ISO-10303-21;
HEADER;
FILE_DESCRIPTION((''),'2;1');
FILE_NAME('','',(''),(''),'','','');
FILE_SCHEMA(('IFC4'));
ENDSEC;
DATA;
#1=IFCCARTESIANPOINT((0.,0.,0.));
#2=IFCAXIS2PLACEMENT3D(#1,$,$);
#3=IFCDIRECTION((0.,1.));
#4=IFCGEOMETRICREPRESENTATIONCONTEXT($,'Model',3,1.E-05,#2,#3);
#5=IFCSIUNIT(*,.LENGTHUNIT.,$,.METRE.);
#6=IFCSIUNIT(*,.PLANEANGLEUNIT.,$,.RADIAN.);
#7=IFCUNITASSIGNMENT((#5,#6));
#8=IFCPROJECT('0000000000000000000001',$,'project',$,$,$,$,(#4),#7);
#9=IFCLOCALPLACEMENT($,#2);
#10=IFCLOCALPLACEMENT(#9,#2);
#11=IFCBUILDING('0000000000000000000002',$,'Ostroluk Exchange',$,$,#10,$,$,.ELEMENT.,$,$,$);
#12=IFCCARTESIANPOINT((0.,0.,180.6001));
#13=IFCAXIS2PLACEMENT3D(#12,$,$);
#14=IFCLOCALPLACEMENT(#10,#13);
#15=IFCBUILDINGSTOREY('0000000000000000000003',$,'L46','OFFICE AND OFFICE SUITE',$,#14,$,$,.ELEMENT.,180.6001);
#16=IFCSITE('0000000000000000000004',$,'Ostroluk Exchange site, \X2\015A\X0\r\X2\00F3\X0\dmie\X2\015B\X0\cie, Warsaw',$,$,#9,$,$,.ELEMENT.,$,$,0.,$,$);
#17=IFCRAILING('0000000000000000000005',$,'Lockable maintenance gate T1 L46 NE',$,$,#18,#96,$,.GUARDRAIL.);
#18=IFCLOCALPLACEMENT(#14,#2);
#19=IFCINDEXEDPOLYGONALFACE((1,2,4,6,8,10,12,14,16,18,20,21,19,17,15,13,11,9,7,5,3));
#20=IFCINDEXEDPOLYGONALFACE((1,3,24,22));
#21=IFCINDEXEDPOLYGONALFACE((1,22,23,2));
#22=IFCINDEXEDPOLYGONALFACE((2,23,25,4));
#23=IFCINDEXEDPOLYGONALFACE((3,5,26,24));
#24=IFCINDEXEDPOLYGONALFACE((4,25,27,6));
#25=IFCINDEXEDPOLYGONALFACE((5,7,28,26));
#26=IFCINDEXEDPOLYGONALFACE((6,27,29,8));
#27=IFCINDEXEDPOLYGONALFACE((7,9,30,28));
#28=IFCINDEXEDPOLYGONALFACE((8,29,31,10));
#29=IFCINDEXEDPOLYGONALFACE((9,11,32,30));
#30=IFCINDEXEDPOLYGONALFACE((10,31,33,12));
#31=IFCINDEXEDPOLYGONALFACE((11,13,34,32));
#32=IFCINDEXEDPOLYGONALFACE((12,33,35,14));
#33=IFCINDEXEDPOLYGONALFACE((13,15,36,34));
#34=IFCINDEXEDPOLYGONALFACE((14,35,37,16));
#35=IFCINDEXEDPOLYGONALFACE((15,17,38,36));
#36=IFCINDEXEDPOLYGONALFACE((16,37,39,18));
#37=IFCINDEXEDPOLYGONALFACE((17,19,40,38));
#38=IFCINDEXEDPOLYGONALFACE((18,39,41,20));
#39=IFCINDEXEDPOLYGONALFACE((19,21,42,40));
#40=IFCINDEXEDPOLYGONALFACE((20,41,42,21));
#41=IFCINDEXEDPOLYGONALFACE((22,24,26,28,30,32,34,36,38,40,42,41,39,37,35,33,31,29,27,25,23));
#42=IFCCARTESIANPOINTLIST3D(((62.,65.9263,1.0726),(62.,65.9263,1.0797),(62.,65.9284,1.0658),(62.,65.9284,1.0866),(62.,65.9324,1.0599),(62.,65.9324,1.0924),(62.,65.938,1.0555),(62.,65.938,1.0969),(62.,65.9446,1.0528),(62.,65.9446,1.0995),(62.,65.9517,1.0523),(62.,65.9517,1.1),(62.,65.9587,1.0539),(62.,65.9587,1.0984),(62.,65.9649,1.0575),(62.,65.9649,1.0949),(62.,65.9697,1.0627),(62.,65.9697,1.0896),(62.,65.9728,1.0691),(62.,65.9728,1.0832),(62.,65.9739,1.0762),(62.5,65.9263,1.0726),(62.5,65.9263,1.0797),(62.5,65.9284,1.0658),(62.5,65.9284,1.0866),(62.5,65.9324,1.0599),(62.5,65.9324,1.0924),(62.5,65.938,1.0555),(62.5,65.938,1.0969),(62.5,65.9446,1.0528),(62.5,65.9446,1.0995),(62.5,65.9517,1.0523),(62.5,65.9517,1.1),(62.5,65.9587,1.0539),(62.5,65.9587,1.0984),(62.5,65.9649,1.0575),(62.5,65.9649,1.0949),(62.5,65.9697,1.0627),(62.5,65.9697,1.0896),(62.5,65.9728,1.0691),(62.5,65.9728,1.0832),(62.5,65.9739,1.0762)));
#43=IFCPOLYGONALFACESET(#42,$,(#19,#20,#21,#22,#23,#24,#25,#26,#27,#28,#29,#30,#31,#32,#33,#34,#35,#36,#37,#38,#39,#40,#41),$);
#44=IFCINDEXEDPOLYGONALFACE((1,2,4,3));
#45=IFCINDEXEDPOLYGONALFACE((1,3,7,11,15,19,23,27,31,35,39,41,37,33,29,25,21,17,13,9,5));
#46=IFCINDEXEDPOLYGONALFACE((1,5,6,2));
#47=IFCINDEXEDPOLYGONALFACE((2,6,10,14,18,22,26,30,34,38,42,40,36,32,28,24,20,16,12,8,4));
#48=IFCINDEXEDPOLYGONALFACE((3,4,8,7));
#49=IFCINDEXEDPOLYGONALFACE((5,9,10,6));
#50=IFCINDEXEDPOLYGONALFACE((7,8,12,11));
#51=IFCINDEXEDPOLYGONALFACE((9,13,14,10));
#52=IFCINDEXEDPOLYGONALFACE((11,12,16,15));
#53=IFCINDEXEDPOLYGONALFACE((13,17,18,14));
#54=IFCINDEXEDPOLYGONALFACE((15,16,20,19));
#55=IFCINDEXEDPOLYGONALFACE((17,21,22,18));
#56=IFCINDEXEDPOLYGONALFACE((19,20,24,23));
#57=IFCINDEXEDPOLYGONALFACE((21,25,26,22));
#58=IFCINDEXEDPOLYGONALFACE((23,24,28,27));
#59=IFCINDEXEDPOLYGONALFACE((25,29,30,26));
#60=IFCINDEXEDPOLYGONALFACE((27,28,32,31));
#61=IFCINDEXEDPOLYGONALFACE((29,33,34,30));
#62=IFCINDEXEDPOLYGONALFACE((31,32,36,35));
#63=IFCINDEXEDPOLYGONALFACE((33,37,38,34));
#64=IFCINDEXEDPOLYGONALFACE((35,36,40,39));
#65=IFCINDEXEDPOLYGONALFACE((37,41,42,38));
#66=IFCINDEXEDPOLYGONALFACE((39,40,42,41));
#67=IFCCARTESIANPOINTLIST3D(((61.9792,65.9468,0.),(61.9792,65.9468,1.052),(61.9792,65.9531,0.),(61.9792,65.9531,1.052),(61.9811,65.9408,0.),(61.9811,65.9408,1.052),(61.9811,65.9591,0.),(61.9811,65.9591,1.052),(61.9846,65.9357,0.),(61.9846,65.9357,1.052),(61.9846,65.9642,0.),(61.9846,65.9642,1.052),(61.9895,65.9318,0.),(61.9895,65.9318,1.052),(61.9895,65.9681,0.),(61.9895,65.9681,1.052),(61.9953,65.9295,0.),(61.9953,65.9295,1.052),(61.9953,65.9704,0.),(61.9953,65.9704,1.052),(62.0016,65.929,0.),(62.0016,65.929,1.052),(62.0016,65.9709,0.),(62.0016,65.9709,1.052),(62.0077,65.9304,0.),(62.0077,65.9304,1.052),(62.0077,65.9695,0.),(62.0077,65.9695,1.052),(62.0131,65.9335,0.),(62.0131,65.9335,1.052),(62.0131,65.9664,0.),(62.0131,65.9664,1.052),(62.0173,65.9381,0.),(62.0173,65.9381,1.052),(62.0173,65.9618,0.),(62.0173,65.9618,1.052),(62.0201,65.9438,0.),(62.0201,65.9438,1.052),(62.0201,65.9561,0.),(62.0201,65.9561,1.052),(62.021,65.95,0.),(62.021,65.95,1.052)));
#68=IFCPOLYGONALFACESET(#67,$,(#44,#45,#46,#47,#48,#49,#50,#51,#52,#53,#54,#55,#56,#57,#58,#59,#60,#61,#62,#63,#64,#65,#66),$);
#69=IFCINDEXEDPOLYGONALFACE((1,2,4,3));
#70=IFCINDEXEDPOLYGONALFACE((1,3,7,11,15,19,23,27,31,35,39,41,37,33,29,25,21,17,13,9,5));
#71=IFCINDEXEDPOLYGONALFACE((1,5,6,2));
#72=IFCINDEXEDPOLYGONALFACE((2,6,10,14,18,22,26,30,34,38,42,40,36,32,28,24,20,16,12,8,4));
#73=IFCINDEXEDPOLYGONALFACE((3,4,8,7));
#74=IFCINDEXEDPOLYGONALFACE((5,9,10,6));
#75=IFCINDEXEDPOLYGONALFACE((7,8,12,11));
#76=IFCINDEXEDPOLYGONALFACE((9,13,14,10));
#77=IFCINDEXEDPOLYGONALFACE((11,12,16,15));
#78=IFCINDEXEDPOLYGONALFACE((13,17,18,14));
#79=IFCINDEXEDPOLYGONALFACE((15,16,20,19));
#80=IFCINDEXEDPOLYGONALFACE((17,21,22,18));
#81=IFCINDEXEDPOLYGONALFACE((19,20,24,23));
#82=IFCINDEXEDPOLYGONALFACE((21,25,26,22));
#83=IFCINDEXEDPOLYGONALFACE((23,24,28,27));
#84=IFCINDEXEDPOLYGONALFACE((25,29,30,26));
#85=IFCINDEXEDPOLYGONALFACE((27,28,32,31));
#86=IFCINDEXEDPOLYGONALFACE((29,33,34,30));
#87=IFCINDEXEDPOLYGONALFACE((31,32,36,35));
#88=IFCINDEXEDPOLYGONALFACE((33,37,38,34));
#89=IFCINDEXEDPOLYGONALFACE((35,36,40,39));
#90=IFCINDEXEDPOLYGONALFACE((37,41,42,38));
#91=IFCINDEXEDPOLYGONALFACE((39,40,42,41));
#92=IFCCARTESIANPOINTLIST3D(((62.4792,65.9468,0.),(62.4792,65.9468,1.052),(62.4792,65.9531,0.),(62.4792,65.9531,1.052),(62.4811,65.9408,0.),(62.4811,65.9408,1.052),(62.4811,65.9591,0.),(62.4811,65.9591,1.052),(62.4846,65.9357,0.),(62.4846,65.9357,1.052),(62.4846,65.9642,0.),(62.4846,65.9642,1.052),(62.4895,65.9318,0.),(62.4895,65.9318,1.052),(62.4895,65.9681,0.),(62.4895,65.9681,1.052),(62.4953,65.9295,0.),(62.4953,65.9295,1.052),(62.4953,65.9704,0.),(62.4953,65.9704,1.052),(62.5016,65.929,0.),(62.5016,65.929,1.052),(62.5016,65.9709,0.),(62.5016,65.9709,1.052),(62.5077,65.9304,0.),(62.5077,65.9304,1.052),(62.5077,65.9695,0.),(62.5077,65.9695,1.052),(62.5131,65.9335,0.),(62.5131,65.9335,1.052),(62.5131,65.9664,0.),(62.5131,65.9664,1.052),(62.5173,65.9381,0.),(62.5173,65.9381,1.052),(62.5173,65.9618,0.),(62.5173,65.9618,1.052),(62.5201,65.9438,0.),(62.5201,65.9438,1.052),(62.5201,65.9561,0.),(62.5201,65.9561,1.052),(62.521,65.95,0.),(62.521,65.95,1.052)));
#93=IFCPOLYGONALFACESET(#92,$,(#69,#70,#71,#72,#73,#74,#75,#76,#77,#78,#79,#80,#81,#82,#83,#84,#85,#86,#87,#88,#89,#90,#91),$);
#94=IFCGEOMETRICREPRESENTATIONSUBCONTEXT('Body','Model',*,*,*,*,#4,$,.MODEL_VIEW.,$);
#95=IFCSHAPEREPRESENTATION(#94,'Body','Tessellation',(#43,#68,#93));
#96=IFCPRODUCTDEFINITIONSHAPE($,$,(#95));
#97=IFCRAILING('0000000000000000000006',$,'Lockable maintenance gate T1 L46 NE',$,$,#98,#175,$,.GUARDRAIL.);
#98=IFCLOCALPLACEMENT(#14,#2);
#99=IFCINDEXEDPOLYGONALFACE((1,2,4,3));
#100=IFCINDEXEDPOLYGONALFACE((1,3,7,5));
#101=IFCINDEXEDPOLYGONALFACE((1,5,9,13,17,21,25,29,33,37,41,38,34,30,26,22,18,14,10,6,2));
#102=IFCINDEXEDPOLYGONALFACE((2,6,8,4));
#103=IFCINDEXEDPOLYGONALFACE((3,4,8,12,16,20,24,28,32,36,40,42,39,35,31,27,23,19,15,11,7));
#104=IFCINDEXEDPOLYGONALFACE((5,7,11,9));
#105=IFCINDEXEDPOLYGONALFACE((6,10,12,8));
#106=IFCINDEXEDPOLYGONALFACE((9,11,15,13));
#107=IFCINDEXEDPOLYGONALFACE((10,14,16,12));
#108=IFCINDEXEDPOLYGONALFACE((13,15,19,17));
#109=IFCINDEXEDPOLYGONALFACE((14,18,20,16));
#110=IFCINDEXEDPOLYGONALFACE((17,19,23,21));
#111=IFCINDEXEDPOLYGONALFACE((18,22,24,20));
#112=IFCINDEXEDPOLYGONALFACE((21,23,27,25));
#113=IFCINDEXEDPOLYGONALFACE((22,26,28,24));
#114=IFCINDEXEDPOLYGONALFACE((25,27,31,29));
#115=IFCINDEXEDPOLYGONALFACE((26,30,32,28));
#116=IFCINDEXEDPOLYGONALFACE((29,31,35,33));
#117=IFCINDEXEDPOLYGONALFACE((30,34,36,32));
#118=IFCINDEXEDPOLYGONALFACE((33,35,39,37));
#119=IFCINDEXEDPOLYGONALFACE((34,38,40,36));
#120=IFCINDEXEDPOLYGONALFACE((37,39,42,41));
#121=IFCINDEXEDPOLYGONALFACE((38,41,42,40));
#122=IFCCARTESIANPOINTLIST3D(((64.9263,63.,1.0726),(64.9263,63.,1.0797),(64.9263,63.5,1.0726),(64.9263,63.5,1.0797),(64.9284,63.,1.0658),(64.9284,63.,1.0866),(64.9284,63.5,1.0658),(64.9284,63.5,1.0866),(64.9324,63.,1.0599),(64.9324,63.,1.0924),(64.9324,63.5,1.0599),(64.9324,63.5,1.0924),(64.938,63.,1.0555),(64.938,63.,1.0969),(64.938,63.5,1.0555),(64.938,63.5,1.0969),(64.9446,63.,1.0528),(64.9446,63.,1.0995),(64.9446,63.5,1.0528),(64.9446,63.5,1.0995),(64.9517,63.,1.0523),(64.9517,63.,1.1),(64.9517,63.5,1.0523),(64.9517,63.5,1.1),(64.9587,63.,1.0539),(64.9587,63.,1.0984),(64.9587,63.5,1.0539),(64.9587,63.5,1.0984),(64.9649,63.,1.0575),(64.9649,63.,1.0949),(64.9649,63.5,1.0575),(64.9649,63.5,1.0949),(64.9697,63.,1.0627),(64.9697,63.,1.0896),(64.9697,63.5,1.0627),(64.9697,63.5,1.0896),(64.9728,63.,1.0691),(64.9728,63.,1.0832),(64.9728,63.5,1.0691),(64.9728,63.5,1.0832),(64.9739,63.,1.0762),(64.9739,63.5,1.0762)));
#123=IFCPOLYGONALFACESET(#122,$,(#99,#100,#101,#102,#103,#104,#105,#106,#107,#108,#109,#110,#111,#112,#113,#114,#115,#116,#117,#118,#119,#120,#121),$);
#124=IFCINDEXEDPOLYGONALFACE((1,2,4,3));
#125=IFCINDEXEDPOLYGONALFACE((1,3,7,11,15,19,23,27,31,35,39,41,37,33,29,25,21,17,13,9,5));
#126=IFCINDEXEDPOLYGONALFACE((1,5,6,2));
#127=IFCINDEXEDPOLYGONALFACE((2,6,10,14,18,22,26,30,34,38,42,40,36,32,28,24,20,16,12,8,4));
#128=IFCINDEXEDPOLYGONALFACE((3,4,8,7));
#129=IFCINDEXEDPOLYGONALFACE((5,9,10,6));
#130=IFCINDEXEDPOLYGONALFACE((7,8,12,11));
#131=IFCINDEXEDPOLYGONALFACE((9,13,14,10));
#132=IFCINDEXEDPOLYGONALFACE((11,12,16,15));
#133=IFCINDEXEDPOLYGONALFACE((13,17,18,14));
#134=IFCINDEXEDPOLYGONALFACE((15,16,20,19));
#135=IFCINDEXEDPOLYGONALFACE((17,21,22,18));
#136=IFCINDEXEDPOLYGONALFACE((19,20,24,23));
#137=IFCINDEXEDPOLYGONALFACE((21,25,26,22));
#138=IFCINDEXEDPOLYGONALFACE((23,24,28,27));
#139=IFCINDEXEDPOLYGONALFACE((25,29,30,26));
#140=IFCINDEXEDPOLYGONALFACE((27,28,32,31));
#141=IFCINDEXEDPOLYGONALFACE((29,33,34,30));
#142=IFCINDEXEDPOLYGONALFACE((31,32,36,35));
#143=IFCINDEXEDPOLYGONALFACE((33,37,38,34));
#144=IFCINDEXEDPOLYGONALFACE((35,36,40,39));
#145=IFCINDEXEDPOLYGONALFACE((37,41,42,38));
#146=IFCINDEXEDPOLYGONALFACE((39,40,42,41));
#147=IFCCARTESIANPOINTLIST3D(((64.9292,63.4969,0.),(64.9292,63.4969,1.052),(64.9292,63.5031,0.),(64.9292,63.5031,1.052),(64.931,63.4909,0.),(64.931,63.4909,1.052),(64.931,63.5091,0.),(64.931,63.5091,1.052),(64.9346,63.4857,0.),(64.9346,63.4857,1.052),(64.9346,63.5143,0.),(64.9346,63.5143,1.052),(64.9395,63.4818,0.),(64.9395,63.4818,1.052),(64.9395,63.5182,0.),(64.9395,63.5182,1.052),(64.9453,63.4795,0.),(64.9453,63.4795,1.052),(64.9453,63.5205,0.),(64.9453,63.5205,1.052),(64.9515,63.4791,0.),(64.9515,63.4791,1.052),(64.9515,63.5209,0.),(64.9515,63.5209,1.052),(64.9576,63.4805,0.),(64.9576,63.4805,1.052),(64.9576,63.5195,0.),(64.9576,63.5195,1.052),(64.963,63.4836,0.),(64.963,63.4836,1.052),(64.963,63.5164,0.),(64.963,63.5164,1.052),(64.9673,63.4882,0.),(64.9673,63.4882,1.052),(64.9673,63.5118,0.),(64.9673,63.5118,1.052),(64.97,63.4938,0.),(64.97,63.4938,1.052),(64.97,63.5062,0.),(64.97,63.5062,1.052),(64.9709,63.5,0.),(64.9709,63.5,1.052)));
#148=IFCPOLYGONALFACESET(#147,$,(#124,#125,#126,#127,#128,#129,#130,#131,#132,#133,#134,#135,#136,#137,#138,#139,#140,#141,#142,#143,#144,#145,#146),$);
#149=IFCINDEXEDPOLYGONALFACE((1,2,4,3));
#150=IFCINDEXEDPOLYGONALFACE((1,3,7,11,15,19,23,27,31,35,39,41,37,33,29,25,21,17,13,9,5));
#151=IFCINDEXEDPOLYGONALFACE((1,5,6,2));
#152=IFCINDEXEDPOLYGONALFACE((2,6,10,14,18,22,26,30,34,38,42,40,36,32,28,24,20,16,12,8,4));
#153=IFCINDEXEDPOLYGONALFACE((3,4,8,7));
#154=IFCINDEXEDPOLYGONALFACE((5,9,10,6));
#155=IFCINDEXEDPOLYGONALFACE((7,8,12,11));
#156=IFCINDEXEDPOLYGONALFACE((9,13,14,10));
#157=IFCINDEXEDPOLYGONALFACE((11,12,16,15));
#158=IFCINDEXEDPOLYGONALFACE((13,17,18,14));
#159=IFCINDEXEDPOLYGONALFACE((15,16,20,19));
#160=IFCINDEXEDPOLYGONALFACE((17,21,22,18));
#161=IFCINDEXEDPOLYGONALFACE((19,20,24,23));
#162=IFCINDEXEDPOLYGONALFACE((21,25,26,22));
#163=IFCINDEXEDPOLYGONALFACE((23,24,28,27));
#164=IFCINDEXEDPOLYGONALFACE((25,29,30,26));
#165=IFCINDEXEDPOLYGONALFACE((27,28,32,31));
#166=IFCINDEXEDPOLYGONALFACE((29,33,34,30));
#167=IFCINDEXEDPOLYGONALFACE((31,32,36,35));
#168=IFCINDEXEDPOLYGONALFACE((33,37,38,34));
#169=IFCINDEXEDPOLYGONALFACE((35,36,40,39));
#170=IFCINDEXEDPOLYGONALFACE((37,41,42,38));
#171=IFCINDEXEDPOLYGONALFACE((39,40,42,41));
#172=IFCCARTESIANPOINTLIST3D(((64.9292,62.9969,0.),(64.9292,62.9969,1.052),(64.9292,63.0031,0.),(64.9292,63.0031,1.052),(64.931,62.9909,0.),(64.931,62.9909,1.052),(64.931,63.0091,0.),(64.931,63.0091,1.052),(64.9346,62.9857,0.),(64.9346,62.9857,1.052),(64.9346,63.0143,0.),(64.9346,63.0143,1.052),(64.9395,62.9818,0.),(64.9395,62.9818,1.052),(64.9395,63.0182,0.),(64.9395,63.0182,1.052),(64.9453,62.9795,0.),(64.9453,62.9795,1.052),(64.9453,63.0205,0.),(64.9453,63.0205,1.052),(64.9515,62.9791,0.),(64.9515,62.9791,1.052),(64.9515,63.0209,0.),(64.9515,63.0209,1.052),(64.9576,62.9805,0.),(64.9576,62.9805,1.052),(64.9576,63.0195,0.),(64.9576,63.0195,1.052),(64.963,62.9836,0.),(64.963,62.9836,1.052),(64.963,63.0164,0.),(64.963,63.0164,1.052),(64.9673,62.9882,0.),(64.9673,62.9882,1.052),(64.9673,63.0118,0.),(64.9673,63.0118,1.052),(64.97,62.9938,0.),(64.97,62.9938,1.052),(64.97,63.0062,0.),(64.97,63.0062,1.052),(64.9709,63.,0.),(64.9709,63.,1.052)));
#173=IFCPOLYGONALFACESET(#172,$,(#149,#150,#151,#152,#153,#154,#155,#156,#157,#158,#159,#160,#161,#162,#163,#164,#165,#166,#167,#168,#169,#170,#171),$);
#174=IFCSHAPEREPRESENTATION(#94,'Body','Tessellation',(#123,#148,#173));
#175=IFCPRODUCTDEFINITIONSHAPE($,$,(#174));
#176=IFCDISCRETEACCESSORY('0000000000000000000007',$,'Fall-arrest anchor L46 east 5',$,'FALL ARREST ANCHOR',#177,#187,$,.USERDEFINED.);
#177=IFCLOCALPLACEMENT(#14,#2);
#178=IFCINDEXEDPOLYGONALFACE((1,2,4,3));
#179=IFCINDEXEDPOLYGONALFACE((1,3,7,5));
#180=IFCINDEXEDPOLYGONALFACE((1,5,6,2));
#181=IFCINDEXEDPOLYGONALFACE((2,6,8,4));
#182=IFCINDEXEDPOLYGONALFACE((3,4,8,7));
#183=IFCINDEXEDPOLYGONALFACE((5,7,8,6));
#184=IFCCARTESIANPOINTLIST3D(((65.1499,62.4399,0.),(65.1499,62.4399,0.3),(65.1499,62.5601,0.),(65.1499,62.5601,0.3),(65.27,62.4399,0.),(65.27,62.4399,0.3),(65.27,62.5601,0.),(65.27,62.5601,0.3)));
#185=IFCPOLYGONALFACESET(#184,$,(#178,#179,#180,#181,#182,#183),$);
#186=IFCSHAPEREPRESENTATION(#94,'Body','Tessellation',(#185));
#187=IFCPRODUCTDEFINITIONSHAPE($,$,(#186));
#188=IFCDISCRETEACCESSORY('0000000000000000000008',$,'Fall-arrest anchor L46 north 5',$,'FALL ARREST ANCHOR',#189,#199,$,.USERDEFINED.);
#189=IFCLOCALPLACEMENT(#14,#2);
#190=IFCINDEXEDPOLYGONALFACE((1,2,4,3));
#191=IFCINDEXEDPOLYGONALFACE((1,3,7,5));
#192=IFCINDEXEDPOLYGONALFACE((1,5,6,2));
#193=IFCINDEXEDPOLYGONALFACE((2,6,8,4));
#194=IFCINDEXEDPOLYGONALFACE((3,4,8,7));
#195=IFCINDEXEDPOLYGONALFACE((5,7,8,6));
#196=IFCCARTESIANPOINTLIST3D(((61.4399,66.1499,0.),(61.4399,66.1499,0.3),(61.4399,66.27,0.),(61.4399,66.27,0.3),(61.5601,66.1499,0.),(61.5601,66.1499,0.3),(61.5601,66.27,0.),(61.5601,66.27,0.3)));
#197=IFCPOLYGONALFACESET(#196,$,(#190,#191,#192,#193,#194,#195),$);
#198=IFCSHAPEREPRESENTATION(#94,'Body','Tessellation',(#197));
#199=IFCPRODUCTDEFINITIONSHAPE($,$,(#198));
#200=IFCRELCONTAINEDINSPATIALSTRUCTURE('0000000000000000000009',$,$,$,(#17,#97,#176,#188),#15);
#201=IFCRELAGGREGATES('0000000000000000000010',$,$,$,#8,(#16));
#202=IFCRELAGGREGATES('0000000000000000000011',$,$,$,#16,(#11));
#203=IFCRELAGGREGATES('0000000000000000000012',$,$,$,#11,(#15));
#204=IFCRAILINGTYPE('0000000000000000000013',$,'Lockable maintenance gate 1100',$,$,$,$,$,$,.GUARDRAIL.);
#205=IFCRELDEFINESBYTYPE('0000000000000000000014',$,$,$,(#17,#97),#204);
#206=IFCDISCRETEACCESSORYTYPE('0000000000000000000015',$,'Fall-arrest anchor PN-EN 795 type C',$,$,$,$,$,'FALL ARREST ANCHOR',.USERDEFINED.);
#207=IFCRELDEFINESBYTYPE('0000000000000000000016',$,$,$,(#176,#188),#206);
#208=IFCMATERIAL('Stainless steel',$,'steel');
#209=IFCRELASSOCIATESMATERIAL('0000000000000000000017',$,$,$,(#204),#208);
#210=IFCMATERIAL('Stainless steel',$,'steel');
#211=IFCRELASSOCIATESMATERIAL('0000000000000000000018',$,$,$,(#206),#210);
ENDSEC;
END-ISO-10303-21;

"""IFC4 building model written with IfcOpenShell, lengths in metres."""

from ifc_helpers import new_model, si_unit, direction, frame, origin, origin_2d, place, context, subcontext, project, spatial, rectangle, circle, extrude, material, type_object, element, save


model = new_model("IFC4")

# Units and contexts
model_context = context("Model", 3, precision=1e-05, world=origin(), true_north=direction((0.0, 1.0)))
body_context = subcontext(model_context, "Body", "Model", "MODEL_VIEW")
ifc_project = project(units=[si_unit("LENGTHUNIT", "METRE"), si_unit("PLANEANGLEUNIT", "RADIAN")], contexts=[model_context])

# Site, building, storey
site_placement = place(None, origin())
site = spatial("IfcSite", under=ifc_project, at=site_placement, Name="Ostroluk Exchange site, Śródmieście, Warsaw", CompositionType="ELEMENT", RefElevation=0.0)
building_placement = place(site_placement, origin())
building = spatial("IfcBuilding", under=site, at=building_placement, Name="Ostroluk Exchange", CompositionType="ELEMENT")
storey_placement = place(building_placement, frame((0.0, 0.0, 180.6001)))
storey = spatial("IfcBuildingStorey", under=building, at=storey_placement, Name="L46", Description="OFFICE AND OFFICE SUITE", CompositionType="ELEMENT", Elevation=180.6001)

# Railings
ifc_material_1 = material(Name="Stainless steel", Category="steel")
railing_type_1 = type_object("IfcRailingType", Name="Lockable maintenance gate 1100", PredefinedType="GUARDRAIL", material=ifc_material_1)
railing_1_placement = place(storey_placement, frame((62.0, 65.95, 0.0)))
element("IfcRailing", 1, at=railing_1_placement, inside=storey, type_object=railing_type_1, Name="Lockable maintenance gate T1 L46 NE", PredefinedType="GUARDRAIL", context=body_context, shape_type="SweptSolid", body=[
    extrude(circle(Radius=0.0239, at=origin_2d()), frame((0.0, 0.0, 1.0762), z_axis=(1.0, 0.0, 0.0), x_axis=(0.0, 1.0, 0.0)), (0.0, 0.0, 1.0), 0.5),
    extrude(circle(Radius=0.021, at=origin_2d()), origin(), (0.0, 0.0, 1.0), 1.052),
    extrude(circle(Radius=0.021, at=origin_2d()), frame((0.5, 0.0, 0.0)), (0.0, 0.0, 1.0), 1.052),
])
railing_2_placement = place(storey_placement, frame((64.95, 63.5, 0.0)))
element("IfcRailing", 2, at=railing_2_placement, inside=storey, type_object=railing_type_1, Name="Lockable maintenance gate T1 L46 NE", PredefinedType="GUARDRAIL", context=body_context, shape_type="SweptSolid", body=[
    extrude(circle(Radius=0.0239, at=origin_2d()), frame((0.0, 0.0, 1.0762), z_axis=(0.0, -1.0, 0.0), x_axis=(1.0, 0.0, 0.0)), (0.0, 0.0, 1.0), 0.5),
    extrude(circle(Radius=0.021, at=origin_2d()), origin(), (0.0, 0.0, 1.0), 1.052),
    extrude(circle(Radius=0.021, at=origin_2d()), frame((0.0, -0.5, 0.0)), (0.0, 0.0, 1.0), 1.052),
])

# Discrete accessories
ifc_material_2 = material(Name="Stainless steel", Category="steel")
discrete_accessory_type = type_object("IfcDiscreteAccessoryType", Name="Fall-arrest anchor PN-EN 795 type C", ElementType="FALL ARREST ANCHOR", PredefinedType="USERDEFINED", material=ifc_material_2)
for number, where, z_axis, x_axis, name in (
    (3, (65.21, 62.5, 0.0), (0.0, 0.0, 1.0), (1.0, 0.0, 0.0), "Fall-arrest anchor L46 east 5"),
    (4, (61.5, 66.21, 0.0), (0.0, 0.0, 1.0), (1.0, 0.0, 0.0), "Fall-arrest anchor L46 north 5"),
):
    element("IfcDiscreteAccessory", number, at=place(storey_placement, frame(where, z_axis=z_axis, x_axis=x_axis)), inside=storey, type_object=discrete_accessory_type, Name=name, ObjectType="FALL ARREST ANCHOR", PredefinedType="USERDEFINED", context=body_context, shape_type="SweptSolid", body=[
        extrude(rectangle(XDim=0.1201, YDim=0.1201, at=origin_2d()), origin(), (0.0, 0.0, 1.0), 0.3),
    ])

save(model, "model.ifc")
